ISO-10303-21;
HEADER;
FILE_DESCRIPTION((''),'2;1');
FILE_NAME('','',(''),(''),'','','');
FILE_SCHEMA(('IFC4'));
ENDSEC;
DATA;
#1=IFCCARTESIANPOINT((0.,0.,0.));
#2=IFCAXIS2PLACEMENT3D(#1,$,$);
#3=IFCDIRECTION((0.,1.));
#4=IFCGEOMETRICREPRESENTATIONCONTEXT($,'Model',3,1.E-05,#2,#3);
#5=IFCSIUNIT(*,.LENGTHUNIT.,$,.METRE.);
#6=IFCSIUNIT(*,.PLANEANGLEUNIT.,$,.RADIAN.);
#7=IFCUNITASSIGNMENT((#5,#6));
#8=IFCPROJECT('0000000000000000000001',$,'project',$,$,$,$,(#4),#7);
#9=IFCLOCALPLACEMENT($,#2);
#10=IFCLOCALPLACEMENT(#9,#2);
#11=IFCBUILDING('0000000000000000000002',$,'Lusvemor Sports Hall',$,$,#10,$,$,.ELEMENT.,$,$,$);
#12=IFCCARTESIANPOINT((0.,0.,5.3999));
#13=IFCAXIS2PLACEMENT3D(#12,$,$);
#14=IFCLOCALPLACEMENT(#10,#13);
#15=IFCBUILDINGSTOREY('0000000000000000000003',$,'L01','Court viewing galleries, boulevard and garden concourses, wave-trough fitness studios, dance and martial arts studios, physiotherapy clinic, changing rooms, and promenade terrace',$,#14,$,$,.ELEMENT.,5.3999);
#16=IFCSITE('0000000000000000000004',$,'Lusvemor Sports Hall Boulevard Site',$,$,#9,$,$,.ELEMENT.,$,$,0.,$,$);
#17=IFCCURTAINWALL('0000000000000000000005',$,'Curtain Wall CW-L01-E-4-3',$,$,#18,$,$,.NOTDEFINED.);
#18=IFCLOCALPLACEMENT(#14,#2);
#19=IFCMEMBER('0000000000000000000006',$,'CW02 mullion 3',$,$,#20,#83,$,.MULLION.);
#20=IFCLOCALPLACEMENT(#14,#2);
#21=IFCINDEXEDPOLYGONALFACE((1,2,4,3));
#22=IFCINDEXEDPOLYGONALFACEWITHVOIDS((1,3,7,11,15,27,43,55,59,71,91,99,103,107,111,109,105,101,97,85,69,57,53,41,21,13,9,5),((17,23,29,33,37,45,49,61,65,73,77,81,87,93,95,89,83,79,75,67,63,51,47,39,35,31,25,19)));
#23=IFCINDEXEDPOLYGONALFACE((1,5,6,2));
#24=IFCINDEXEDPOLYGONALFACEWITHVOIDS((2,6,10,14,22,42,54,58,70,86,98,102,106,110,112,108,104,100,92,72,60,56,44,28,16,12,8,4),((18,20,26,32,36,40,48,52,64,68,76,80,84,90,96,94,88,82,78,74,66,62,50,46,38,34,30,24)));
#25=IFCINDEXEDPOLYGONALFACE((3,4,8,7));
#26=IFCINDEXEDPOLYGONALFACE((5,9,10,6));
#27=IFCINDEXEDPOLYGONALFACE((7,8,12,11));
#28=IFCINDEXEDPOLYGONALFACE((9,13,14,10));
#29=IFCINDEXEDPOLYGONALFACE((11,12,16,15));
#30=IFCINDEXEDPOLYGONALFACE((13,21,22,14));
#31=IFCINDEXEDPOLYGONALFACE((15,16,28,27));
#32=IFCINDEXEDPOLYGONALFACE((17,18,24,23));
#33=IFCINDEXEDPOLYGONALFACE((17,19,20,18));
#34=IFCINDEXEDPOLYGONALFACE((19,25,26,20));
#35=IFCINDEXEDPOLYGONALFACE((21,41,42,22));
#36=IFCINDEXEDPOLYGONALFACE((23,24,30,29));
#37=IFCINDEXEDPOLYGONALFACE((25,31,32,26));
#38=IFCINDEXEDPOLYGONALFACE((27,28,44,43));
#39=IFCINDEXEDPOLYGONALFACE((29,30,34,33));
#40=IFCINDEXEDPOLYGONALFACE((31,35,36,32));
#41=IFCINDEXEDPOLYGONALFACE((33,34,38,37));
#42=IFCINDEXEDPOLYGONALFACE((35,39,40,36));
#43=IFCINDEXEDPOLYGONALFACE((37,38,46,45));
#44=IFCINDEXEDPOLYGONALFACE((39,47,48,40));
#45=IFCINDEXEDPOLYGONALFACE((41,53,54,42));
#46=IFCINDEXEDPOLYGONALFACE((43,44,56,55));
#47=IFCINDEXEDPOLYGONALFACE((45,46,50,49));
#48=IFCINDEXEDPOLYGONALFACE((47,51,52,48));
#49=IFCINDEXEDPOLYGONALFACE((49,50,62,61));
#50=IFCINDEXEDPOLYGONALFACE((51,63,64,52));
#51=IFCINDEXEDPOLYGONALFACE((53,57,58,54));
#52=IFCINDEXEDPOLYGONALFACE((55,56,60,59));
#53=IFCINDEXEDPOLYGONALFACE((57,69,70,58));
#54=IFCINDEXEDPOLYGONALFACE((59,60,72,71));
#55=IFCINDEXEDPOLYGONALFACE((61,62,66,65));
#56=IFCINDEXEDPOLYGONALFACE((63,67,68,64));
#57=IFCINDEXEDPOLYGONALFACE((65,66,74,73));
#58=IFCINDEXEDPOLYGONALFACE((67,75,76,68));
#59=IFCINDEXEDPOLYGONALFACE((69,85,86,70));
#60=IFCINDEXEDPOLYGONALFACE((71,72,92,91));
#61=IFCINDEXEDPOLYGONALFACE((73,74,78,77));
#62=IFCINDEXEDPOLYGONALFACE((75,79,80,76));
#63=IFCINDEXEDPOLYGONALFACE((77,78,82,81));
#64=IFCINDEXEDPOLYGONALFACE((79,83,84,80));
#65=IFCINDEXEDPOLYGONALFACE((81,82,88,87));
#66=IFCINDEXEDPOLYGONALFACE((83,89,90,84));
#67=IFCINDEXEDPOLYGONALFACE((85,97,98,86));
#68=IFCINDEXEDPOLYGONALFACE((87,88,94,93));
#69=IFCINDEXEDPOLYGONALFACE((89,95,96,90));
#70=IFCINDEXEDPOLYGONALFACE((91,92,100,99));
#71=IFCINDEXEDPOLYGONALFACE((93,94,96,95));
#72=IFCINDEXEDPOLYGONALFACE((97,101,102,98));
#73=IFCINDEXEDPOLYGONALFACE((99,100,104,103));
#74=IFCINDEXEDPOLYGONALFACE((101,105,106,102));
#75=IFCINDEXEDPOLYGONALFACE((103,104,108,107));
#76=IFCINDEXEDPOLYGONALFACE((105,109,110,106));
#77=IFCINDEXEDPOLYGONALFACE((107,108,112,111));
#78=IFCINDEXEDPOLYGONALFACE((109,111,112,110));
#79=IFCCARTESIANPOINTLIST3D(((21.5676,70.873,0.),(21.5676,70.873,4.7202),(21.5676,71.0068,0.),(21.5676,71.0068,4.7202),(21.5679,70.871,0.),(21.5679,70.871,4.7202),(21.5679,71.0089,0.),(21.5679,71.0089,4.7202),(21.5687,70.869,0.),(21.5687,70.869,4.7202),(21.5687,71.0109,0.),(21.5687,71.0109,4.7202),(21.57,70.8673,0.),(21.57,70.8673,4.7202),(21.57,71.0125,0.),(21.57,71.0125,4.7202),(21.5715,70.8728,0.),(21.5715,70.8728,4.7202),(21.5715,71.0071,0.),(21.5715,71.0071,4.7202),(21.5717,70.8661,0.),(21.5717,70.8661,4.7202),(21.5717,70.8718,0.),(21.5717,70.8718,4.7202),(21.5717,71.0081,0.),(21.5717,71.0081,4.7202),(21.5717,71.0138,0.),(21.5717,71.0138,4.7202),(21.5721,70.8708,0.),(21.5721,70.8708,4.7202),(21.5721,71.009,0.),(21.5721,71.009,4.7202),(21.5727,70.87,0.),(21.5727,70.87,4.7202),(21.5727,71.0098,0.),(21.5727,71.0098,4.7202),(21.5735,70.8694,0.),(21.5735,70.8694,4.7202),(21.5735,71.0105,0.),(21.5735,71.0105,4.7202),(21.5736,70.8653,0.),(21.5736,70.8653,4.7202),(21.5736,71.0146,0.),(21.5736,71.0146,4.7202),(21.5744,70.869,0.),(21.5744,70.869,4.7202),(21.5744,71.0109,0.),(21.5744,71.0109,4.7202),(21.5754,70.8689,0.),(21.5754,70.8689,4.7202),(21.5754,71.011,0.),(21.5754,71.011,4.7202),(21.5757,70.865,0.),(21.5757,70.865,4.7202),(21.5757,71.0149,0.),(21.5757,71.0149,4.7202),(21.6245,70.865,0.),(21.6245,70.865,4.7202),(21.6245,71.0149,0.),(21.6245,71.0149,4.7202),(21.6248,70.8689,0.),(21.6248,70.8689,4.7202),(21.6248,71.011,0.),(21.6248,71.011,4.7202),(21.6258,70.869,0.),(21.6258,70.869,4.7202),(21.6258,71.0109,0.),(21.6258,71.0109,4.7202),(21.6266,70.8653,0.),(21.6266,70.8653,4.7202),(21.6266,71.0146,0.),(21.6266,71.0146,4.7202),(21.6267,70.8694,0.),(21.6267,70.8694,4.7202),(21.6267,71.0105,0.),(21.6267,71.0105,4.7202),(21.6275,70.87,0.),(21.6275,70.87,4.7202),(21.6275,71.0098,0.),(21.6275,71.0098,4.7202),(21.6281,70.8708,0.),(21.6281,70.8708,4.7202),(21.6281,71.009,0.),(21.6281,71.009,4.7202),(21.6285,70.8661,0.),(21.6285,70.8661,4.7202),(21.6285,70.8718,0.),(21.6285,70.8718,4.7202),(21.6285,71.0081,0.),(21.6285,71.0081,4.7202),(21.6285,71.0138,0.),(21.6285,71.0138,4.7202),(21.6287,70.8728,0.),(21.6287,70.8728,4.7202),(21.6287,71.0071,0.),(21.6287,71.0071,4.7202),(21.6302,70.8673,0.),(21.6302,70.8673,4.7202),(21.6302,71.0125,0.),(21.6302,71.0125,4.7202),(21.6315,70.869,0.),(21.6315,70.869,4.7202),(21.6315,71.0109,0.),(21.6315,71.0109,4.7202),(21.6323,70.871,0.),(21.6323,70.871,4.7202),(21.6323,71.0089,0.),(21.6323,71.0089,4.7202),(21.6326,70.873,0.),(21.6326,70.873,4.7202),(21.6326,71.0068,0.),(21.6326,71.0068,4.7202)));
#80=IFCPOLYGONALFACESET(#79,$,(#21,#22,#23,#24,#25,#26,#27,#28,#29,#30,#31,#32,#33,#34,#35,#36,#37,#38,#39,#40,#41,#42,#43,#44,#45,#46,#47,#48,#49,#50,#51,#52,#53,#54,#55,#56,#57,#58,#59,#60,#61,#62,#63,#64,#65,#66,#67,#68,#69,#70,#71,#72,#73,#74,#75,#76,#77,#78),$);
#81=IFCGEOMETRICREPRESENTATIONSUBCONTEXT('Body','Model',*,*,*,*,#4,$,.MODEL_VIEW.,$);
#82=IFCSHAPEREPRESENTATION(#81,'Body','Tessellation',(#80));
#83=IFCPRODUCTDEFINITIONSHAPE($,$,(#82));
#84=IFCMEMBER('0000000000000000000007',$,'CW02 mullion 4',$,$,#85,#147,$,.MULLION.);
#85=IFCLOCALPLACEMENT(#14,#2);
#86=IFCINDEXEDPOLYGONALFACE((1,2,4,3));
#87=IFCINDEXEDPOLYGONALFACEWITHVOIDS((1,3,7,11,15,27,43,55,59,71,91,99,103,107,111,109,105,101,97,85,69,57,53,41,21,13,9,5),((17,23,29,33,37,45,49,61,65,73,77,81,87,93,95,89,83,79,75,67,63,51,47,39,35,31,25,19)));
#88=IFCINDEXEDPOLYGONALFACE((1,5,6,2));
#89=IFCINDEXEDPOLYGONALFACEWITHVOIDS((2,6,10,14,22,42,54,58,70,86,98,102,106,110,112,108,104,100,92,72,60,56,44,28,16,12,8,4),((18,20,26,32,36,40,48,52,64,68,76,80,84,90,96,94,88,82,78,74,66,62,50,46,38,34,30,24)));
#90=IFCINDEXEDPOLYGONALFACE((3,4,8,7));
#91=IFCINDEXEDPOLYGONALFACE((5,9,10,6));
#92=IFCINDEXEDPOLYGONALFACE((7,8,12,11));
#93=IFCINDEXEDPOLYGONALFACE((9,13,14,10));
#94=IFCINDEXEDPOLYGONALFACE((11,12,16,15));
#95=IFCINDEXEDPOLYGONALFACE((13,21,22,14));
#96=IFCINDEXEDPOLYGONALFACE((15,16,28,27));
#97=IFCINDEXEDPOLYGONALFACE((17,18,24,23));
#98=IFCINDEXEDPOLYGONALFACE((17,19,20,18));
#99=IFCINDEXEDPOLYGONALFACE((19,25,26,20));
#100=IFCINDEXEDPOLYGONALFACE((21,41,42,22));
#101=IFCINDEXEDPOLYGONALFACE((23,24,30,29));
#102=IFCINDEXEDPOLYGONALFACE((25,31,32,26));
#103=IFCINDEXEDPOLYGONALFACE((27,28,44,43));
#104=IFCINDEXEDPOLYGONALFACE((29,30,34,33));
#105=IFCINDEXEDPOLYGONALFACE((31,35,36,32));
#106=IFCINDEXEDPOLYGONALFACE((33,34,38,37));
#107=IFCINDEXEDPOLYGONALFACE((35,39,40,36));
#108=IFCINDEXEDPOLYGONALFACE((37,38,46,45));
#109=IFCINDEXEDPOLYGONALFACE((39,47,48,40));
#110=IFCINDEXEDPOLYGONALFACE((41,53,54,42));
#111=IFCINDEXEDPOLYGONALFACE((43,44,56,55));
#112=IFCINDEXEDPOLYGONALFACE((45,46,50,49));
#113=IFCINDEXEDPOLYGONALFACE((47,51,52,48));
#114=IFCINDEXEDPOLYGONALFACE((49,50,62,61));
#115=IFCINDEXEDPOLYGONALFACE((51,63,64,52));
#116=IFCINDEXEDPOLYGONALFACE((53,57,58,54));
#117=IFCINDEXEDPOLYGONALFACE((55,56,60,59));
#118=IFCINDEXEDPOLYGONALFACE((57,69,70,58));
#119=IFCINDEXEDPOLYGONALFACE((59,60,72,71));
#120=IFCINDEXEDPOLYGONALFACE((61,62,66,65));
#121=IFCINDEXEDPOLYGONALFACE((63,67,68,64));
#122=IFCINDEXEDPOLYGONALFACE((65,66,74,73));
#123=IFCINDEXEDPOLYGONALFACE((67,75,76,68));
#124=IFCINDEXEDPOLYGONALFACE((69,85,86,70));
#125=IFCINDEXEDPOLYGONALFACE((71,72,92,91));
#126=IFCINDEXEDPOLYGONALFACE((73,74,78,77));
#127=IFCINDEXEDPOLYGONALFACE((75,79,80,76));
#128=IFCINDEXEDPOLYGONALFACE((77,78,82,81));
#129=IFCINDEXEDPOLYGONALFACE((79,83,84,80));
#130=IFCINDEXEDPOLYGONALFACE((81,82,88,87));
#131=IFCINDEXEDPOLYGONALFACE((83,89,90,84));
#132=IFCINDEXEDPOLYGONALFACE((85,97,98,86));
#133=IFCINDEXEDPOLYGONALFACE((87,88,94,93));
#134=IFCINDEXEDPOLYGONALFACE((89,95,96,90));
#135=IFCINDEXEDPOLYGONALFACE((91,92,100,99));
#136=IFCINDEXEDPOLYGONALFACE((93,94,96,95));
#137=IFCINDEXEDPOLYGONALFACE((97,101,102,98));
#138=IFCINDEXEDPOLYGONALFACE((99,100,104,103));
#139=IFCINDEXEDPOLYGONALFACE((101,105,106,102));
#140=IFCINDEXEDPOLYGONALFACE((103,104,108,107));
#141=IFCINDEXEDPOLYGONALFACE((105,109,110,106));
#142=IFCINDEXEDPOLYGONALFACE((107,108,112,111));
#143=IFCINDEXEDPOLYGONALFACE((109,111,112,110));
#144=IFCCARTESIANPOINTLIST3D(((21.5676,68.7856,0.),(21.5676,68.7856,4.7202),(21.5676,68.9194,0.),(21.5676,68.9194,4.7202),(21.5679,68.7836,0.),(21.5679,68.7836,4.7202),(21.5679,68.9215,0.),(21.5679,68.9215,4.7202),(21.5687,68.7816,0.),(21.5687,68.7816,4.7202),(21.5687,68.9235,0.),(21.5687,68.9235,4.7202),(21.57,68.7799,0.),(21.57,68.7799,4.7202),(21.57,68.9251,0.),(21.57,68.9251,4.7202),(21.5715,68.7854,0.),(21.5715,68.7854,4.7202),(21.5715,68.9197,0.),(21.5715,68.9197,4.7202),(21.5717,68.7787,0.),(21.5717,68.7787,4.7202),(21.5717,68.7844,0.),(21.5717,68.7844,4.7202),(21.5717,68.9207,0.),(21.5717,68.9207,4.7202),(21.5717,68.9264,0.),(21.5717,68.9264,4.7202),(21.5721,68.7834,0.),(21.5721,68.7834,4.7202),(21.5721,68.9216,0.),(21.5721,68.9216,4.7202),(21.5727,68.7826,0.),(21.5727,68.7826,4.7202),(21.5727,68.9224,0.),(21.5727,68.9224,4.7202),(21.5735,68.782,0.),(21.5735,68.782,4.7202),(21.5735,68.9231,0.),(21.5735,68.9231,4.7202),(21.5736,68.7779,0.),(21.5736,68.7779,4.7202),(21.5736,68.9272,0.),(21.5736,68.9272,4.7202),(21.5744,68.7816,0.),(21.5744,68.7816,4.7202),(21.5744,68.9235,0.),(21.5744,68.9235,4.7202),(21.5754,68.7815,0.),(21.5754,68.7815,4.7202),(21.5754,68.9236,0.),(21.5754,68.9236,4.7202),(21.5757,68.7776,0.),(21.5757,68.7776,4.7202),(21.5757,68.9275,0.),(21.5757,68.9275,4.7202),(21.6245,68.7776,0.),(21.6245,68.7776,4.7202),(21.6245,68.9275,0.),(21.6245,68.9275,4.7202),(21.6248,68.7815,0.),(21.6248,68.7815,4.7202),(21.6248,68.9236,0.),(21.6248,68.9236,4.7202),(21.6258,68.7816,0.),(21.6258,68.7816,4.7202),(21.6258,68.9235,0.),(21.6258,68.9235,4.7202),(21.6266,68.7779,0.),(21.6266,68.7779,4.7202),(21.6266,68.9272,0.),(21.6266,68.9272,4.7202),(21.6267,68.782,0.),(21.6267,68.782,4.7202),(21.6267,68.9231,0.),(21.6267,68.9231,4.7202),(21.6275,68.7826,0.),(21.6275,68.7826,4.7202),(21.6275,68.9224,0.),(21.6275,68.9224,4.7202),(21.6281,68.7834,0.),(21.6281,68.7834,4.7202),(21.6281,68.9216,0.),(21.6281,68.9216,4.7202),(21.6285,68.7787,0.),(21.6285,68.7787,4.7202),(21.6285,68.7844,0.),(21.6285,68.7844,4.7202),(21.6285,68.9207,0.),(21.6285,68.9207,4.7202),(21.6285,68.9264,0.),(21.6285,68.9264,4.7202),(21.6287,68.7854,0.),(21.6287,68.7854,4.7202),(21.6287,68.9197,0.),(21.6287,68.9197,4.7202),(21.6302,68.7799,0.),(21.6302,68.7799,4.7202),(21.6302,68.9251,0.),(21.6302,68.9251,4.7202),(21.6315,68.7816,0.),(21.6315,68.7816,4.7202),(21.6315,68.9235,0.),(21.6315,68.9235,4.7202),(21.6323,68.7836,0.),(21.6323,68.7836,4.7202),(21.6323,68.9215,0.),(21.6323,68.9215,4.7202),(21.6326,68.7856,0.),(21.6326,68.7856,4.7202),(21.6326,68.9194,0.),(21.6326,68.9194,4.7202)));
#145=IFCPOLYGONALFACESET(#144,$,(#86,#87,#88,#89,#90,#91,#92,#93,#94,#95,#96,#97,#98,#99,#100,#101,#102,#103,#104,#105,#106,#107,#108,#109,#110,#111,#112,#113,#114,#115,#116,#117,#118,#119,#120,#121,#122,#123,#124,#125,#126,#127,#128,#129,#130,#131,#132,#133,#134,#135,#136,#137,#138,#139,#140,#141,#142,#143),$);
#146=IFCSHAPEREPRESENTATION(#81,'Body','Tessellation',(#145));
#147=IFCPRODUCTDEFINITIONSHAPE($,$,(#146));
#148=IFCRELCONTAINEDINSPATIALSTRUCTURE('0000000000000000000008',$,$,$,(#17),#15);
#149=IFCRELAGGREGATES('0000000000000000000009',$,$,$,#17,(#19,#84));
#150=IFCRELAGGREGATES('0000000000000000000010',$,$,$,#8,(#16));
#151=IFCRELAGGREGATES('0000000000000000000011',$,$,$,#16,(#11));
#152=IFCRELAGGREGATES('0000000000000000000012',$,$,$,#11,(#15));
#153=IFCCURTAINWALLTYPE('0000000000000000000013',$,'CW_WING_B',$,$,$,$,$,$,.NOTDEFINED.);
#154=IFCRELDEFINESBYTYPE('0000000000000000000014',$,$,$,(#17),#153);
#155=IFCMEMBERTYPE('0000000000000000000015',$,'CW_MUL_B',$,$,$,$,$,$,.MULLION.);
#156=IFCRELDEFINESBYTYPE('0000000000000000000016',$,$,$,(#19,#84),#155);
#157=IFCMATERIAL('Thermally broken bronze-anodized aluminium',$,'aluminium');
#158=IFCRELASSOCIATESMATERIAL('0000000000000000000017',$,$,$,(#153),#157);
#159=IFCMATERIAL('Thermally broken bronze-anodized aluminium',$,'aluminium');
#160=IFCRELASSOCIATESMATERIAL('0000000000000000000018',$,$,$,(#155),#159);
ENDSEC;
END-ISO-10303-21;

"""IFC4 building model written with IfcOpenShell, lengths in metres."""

from ifc_helpers import new_model, si_unit, direction, frame, origin, origin_2d, place, context, subcontext, project, spatial, hollow_rectangle, extrude, material, material_profile, profile_set, type_object, element, aggregate, save


model = new_model("IFC4")

# Units and contexts
model_context = context("Model", 3, precision=1e-05, world=origin(), true_north=direction((0.0, 1.0)))
body_context = subcontext(model_context, "Body", "Model", "MODEL_VIEW")
ifc_project = project(units=[si_unit("LENGTHUNIT", "METRE"), si_unit("PLANEANGLEUNIT", "RADIAN")], contexts=[model_context])

# Site, building, storey
site_placement = place(None, origin())
site = spatial("IfcSite", under=ifc_project, at=site_placement, Name="Lusvemor Sports Hall Boulevard Site", CompositionType="ELEMENT", RefElevation=0.0)
building_placement = place(site_placement, origin())
building = spatial("IfcBuilding", under=site, at=building_placement, Name="Lusvemor Sports Hall", CompositionType="ELEMENT")
storey_placement = place(building_placement, frame((0.0, 0.0, 5.3999)))
storey = spatial("IfcBuildingStorey", under=building, at=storey_placement, Name="L01", Description="Court viewing galleries, boulevard and garden concourses, wave-trough fitness studios, dance and martial arts studios, physiotherapy clinic, changing rooms, and promenade terrace", CompositionType="ELEMENT", Elevation=5.3999)

# Shared definitions
ifc_material_1 = material(Name="Thermally broken bronze-anodized aluminium", Category="aluminium")
curtain_wall_type = type_object("IfcCurtainWallType", Name="CW_WING_B", PredefinedType="NOTDEFINED", material=ifc_material_1)
ifc_material_2 = material(Name="Thermally broken bronze-anodized aluminium", Category="aluminium")
ifc_material_profile_1 = material_profile(ifc_material_2, hollow_rectangle(XDim=0.0649, YDim=0.1499, WallThickness=0.0039, InnerFilletRadius=0.0039, OuterFilletRadius=0.0081, at=origin_2d()), Name="CWMUL150x65x4")
ifc_profile_set_1 = profile_set([ifc_material_profile_1], Name="Thermally broken bronze-anodized aluminium")
member_type_1 = type_object("IfcMemberType", Name="CW_MUL_B", PredefinedType="MULLION", material=ifc_profile_set_1)

# Curtain wall, members
curtain_wall_1_placement = place(storey_placement, origin())
curtain_wall_1 = element("IfcCurtainWall", 1, at=curtain_wall_1_placement, inside=storey, type_object=curtain_wall_type, Name="Curtain Wall CW-L01-E-4-3", PredefinedType="NOTDEFINED")
member_1_placement = place(storey_placement, frame((21.6001, 70.9399, 0.0), z_axis=(0.0, 0.0, 1.0), x_axis=(1.0, 0.0, 0.0)))
member_1 = element("IfcMember", 2, at=member_1_placement, type_object=member_type_1, Name="CW02 mullion 3", PredefinedType="MULLION", context=body_context, shape_type="SweptSolid", body=[
    extrude(hollow_rectangle(XDim=0.0649, YDim=0.1499, WallThickness=0.0039, InnerFilletRadius=0.0039, OuterFilletRadius=0.0081, at=origin_2d()), origin(), (0.0, 0.0, 1.0), 4.7202),
])
member_2_placement = place(storey_placement, frame((21.6001, 68.8525, 0.0), z_axis=(0.0, 0.0, 1.0), x_axis=(1.0, 0.0, 0.0)))
member_2 = element("IfcMember", 3, at=member_2_placement, type_object=member_type_1, Name="CW02 mullion 4", PredefinedType="MULLION", context=body_context, shape_type="SweptSolid", body=[
    extrude(hollow_rectangle(XDim=0.0649, YDim=0.1499, WallThickness=0.0039, InnerFilletRadius=0.0039, OuterFilletRadius=0.0081, at=origin_2d()), origin(), (0.0, 0.0, 1.0), 4.7202),
])

aggregate(curtain_wall_1, [member_1, member_2])

save(model, "model.ifc")
